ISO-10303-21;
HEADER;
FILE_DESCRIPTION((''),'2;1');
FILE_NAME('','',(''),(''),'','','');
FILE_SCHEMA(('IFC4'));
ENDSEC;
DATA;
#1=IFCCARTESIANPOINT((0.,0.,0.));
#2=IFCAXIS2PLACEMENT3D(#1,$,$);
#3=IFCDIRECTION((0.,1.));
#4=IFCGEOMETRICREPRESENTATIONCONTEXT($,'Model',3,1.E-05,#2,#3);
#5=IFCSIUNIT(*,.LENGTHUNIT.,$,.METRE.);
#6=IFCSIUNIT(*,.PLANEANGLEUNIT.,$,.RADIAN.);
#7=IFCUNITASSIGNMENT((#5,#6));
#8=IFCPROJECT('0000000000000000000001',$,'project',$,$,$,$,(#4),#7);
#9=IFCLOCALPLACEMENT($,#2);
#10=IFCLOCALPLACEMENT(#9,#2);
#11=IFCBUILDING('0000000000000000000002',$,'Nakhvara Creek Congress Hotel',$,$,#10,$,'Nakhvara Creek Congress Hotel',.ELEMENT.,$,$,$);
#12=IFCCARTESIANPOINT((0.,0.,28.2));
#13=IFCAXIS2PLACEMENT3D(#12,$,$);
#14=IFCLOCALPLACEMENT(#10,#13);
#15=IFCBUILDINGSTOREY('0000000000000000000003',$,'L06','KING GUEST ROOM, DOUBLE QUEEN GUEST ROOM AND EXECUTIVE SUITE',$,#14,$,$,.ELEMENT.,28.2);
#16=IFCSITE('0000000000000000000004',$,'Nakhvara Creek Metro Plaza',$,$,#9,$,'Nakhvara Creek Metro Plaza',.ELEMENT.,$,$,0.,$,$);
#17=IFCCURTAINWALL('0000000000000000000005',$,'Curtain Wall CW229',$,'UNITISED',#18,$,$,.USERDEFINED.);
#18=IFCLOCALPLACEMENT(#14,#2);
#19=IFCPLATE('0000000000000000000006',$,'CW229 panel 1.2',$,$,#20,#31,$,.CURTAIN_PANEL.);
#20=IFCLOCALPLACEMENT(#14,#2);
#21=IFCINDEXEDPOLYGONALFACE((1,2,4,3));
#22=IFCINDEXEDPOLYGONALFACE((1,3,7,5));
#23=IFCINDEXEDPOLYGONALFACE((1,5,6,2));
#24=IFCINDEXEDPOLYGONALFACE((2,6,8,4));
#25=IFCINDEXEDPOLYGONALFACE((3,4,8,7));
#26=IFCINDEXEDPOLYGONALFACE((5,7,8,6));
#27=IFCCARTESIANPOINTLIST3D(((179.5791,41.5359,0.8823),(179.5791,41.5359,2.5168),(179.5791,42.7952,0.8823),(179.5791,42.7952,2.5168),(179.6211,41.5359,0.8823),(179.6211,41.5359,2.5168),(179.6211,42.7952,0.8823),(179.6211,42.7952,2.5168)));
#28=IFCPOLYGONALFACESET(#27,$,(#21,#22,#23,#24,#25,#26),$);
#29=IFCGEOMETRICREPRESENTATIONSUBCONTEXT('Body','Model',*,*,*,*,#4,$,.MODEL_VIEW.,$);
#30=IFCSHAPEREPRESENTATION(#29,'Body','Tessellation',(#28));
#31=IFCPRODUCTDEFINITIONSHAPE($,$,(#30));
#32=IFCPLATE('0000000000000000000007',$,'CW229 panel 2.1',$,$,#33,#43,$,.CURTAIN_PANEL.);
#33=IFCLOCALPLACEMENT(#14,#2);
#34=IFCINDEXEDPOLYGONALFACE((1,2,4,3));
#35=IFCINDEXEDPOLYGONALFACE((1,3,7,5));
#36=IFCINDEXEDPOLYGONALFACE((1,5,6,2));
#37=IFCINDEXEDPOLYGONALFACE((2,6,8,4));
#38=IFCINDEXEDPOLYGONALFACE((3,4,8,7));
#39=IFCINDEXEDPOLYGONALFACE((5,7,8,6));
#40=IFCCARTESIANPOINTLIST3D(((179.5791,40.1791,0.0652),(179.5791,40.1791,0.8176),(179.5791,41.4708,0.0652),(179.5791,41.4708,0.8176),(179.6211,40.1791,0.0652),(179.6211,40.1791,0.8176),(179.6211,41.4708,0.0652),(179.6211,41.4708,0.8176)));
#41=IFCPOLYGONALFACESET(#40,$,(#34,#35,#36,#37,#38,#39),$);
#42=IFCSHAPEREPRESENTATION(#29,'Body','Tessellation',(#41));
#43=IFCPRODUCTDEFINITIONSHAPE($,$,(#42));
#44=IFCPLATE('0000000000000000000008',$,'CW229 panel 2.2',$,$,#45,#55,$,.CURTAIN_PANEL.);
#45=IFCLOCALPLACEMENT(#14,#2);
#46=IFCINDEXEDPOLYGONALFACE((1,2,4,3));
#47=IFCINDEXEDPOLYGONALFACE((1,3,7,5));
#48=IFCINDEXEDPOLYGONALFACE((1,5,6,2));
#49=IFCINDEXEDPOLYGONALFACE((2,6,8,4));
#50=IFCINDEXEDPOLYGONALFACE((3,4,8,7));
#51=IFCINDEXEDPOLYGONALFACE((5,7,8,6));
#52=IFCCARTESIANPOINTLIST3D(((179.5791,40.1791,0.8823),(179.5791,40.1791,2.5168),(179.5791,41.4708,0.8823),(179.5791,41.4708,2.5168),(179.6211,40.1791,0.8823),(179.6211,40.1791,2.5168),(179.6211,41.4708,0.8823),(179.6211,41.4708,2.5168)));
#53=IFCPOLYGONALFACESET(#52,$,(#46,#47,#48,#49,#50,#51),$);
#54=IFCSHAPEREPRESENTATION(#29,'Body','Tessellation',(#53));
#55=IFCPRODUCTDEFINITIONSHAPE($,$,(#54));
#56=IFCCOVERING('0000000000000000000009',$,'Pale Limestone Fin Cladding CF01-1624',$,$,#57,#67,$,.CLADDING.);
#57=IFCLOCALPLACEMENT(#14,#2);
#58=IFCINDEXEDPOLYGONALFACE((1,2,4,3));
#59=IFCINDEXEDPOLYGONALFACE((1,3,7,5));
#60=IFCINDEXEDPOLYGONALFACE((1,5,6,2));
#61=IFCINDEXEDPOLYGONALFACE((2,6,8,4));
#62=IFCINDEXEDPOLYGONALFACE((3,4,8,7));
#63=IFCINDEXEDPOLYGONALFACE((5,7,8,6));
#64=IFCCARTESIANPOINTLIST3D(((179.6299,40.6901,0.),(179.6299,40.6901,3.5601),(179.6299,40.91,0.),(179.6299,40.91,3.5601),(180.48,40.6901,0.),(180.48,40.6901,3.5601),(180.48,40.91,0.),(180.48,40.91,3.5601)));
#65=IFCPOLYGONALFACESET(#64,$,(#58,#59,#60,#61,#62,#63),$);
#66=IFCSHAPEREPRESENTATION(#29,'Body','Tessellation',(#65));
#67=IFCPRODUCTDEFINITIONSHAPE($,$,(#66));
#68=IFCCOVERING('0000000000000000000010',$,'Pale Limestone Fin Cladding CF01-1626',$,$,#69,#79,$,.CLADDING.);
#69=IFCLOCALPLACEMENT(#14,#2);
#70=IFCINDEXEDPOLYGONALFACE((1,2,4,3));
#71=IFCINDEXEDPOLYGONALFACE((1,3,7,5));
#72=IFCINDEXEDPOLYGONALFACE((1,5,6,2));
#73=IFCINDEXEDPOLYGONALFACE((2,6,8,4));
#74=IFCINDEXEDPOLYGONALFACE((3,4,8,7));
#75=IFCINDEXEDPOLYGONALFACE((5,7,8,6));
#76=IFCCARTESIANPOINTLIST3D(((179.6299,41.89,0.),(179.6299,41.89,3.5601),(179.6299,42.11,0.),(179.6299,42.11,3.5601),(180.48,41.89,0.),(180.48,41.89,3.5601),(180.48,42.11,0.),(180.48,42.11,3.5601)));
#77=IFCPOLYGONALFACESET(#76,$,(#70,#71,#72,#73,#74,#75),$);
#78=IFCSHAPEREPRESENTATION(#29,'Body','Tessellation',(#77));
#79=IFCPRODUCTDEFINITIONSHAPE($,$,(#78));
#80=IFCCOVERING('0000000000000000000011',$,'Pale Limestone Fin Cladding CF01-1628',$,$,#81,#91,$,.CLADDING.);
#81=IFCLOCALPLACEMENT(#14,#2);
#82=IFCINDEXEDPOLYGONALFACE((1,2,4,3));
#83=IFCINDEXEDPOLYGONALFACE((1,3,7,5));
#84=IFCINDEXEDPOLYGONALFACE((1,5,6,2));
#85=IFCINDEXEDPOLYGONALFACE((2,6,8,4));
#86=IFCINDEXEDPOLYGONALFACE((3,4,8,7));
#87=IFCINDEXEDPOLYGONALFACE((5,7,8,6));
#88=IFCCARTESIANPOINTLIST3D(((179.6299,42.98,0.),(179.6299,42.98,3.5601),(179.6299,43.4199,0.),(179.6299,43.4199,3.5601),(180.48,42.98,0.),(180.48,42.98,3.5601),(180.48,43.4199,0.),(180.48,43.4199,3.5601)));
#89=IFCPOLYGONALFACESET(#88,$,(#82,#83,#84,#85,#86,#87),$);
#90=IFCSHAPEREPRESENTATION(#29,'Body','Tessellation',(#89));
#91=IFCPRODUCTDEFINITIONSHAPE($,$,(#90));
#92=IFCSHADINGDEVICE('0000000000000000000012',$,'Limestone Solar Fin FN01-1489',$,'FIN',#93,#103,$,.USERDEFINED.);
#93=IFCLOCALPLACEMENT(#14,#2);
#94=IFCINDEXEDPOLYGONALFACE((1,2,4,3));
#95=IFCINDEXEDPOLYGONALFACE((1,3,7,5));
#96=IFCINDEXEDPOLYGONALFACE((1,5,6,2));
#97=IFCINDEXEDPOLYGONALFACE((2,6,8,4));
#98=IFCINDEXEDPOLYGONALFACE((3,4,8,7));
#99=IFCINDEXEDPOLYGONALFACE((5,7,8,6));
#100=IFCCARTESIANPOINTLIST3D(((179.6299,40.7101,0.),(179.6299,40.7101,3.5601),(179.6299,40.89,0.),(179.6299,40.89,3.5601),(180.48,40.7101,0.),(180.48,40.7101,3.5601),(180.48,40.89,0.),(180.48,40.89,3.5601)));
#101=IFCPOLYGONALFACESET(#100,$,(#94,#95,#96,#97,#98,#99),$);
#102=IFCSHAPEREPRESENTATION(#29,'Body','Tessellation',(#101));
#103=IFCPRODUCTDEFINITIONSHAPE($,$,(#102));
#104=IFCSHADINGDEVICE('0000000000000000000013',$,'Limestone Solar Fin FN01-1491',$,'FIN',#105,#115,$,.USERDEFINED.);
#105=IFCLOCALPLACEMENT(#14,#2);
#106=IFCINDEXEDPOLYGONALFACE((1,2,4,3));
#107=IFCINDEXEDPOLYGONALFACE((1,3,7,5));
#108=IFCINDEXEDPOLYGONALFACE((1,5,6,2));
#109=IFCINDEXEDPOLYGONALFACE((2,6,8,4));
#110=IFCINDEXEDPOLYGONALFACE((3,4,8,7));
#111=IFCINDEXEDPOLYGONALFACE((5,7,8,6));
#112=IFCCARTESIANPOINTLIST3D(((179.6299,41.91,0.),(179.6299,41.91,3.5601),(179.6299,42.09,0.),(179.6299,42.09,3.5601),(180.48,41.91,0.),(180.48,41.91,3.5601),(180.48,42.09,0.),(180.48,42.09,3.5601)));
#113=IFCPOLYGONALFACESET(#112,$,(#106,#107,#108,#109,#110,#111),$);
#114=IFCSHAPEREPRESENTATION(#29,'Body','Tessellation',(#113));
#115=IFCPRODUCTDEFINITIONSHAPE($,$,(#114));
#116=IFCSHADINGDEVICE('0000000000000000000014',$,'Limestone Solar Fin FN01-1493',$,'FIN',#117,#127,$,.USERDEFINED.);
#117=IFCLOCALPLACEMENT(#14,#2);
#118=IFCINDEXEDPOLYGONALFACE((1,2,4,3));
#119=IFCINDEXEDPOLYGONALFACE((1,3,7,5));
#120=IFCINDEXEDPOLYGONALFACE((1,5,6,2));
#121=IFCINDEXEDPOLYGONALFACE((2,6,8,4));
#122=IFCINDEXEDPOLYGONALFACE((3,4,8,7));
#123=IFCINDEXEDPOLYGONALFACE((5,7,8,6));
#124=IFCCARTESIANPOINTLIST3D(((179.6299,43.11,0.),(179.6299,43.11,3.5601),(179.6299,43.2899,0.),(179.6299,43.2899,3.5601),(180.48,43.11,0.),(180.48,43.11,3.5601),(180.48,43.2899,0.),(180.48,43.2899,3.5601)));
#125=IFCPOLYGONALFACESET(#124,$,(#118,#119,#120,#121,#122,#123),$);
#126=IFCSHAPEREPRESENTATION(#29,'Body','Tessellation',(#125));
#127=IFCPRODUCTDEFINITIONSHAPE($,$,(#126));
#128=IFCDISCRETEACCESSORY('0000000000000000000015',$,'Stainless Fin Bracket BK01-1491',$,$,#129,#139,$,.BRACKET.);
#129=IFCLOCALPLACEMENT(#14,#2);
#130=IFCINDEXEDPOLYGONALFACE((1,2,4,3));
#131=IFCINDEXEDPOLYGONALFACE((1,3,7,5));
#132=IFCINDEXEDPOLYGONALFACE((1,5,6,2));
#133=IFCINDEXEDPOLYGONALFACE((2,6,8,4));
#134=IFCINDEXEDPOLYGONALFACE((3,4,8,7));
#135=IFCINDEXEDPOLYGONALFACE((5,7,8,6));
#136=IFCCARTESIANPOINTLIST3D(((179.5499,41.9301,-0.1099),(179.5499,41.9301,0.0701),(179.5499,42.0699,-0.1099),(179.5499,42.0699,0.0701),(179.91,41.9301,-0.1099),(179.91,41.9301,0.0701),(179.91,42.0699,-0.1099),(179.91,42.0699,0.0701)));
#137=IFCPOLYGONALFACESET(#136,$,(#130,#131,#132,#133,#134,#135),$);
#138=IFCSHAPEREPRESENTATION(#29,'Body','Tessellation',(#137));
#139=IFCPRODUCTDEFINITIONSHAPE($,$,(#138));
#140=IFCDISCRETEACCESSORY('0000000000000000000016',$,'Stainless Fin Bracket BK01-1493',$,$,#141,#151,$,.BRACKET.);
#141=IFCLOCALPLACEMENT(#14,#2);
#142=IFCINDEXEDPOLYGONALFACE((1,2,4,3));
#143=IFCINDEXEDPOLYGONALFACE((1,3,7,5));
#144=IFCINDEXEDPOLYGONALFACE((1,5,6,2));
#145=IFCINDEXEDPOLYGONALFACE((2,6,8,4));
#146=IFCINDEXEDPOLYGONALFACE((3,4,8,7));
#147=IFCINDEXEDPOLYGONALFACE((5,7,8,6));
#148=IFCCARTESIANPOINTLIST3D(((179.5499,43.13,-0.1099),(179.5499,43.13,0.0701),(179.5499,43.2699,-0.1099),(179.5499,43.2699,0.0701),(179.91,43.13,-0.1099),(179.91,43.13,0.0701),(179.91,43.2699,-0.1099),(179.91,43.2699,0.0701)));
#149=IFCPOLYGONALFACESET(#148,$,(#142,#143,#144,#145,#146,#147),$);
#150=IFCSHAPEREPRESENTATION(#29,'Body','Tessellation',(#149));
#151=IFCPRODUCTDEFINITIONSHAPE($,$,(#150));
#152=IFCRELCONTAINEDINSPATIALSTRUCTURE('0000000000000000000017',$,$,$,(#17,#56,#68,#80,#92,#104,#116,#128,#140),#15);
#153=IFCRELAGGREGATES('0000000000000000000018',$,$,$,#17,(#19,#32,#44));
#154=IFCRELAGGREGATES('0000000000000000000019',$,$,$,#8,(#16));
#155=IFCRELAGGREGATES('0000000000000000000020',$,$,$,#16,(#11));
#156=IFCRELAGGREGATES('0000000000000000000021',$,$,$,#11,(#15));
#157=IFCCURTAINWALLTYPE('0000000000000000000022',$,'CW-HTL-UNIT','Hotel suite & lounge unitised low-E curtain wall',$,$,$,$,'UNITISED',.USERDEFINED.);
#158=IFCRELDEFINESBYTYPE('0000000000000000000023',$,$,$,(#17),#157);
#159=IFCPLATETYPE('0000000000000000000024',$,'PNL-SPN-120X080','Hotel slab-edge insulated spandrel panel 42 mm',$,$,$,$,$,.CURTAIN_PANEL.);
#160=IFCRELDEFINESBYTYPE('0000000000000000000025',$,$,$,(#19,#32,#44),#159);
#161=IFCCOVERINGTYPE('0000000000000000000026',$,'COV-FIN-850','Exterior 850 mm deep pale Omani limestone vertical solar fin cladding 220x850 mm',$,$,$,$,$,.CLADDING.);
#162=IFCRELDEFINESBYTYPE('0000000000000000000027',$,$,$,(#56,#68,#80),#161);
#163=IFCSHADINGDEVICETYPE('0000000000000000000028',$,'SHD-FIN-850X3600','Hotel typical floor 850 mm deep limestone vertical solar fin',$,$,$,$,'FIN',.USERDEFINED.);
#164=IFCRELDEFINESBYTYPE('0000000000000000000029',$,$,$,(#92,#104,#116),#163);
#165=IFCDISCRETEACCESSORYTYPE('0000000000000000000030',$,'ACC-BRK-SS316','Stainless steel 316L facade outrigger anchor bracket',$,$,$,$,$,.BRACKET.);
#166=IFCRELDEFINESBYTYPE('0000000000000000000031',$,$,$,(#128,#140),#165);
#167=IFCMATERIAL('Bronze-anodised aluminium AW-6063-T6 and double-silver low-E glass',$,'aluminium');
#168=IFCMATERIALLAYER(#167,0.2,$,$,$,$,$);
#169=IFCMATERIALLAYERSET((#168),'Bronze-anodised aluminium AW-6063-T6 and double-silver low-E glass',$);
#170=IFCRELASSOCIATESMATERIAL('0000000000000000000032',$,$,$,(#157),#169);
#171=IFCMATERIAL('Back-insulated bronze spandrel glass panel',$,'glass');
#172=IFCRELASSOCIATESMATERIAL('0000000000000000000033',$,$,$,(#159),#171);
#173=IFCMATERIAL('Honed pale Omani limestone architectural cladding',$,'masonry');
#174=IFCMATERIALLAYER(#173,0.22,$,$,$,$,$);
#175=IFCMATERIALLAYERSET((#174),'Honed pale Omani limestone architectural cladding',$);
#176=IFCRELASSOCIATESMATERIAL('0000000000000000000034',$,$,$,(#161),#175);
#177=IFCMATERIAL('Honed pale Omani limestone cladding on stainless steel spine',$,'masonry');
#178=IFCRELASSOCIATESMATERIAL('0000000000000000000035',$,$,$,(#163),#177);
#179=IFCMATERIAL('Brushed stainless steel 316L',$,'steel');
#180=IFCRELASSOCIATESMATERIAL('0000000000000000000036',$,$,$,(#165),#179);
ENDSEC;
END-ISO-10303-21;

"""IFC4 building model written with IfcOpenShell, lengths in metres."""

from ifc_helpers import new_model, si_unit, direction, frame, origin, origin_2d, place, context, subcontext, project, spatial, rectangle, extrude, material, layer, layer_set, type_object, element, aggregate, save


model = new_model("IFC4")

# Units and contexts
model_context = context("Model", 3, precision=1e-05, world=origin(), true_north=direction((0.0, 1.0)))
body_context = subcontext(model_context, "Body", "Model", "MODEL_VIEW")
ifc_project = project(units=[si_unit("LENGTHUNIT", "METRE"), si_unit("PLANEANGLEUNIT", "RADIAN")], contexts=[model_context])

# Site, building, storey
site_placement = place(None, origin())
site = spatial("IfcSite", under=ifc_project, at=site_placement, Name="Nakhvara Creek Metro Plaza", LongName="Nakhvara Creek Metro Plaza", CompositionType="ELEMENT", RefElevation=0.0)
building_placement = place(site_placement, origin())
building = spatial("IfcBuilding", under=site, at=building_placement, Name="Nakhvara Creek Congress Hotel", LongName="Nakhvara Creek Congress Hotel", CompositionType="ELEMENT")
storey_placement = place(building_placement, frame((0.0, 0.0, 28.2)))
storey = spatial("IfcBuildingStorey", under=building, at=storey_placement, Name="L06", Description="KING GUEST ROOM, DOUBLE QUEEN GUEST ROOM AND EXECUTIVE SUITE", CompositionType="ELEMENT", Elevation=28.2)

# Curtain wall, plates
ifc_material_1 = material(Name="Bronze-anodised aluminium AW-6063-T6 and double-silver low-E glass", Category="aluminium")
ifc_layer_1 = layer(ifc_material_1, 0.2)
ifc_layer_set_1 = layer_set([ifc_layer_1], Name="Bronze-anodised aluminium AW-6063-T6 and double-silver low-E glass")
curtain_wall_type = type_object("IfcCurtainWallType", Name="CW-HTL-UNIT", Description="Hotel suite & lounge unitised low-E curtain wall", ElementType="UNITISED", PredefinedType="USERDEFINED", material=ifc_layer_set_1)
curtain_wall_placement = place(storey_placement, origin())
curtain_wall = element("IfcCurtainWall", 1, at=curtain_wall_placement, inside=storey, type_object=curtain_wall_type, Name="Curtain Wall CW229", ObjectType="UNITISED", PredefinedType="USERDEFINED")
ifc_material_2 = material(Name="Back-insulated bronze spandrel glass panel", Category="glass")
plate_type = type_object("IfcPlateType", Name="PNL-SPN-120X080", Description="Hotel slab-edge insulated spandrel panel 42 mm", PredefinedType="CURTAIN_PANEL", material=ifc_material_2)
plate_1_placement = place(storey_placement, frame((179.6001, 42.1655, 0.8823), z_axis=(0.0, 0.0, 1.0), x_axis=(0.0, -1.0, 0.0)))
plate_1 = element("IfcPlate", 2, at=plate_1_placement, type_object=plate_type, Name="CW229 panel 1.2", PredefinedType="CURTAIN_PANEL", context=body_context, shape_type="SweptSolid", body=[
    extrude(rectangle(XDim=1.2593, YDim=0.042, at=origin_2d()), origin(), (0.0, 0.0, 1.0), 1.6345),
])
plate_2_placement = place(storey_placement, frame((179.6001, 40.825, 0.0652), z_axis=(0.0, 0.0, 1.0), x_axis=(0.0, -1.0, 0.0)))
plate_2 = element("IfcPlate", 3, at=plate_2_placement, type_object=plate_type, Name="CW229 panel 2.1", PredefinedType="CURTAIN_PANEL", context=body_context, shape_type="SweptSolid", body=[
    extrude(rectangle(XDim=1.2917, YDim=0.042, at=origin_2d()), origin(), (0.0, 0.0, 1.0), 0.7524),
])
plate_3_placement = place(storey_placement, frame((179.6001, 40.825, 0.8823), z_axis=(0.0, 0.0, 1.0), x_axis=(0.0, -1.0, 0.0)))
plate_3 = element("IfcPlate", 4, at=plate_3_placement, type_object=plate_type, Name="CW229 panel 2.2", PredefinedType="CURTAIN_PANEL", context=body_context, shape_type="SweptSolid", body=[
    extrude(rectangle(XDim=1.2917, YDim=0.042, at=origin_2d()), origin(), (0.0, 0.0, 1.0), 1.6345),
])
aggregate(curtain_wall, [plate_1, plate_2, plate_3])

# Coverings
ifc_material_3 = material(Name="Honed pale Omani limestone architectural cladding", Category="masonry")
ifc_layer_2 = layer(ifc_material_3, 0.22)
ifc_layer_set_2 = layer_set([ifc_layer_2], Name="Honed pale Omani limestone architectural cladding")
covering_type = type_object("IfcCoveringType", Name="COV-FIN-850", Description="Exterior 850 mm deep pale Omani limestone vertical solar fin cladding 220x850 mm", PredefinedType="CLADDING", material=ifc_layer_set_2)
for number, where, z_axis, x_axis, name in (
    (5, (180.0549, 40.8, 0.0), (0.0, 0.0, 1.0), (0.0, 1.0, 0.0), "Pale Limestone Fin Cladding CF01-1624"),
    (6, (180.0549, 42.0, 0.0), (0.0, 0.0, 1.0), (0.0, 1.0, 0.0), "Pale Limestone Fin Cladding CF01-1626"),
):
    element("IfcCovering", number, at=place(storey_placement, frame(where, z_axis=z_axis, x_axis=x_axis)), inside=storey, type_object=covering_type, Name=name, PredefinedType="CLADDING", context=body_context, shape_type="SweptSolid", body=[
        extrude(rectangle(XDim=0.22, YDim=0.8501, at=origin_2d()), origin(), (0.0, 0.0, 1.0), 3.5601),
    ])
covering_placement = place(storey_placement, frame((180.0549, 43.2, 0.0), z_axis=(0.0, 0.0, 1.0), x_axis=(0.0, 1.0, 0.0)))
element("IfcCovering", 7, at=covering_placement, inside=storey, type_object=covering_type, Name="Pale Limestone Fin Cladding CF01-1628", PredefinedType="CLADDING", context=body_context, shape_type="SweptSolid", body=[
    extrude(rectangle(XDim=0.4399, YDim=0.8501, at=origin_2d()), origin(), (0.0, 0.0, 1.0), 3.5601),
])

# Shading devices
ifc_material_4 = material(Name="Honed pale Omani limestone cladding on stainless steel spine", Category="masonry")
shading_device_type = type_object("IfcShadingDeviceType", Name="SHD-FIN-850X3600", Description="Hotel typical floor 850 mm deep limestone vertical solar fin", ElementType="FIN", PredefinedType="USERDEFINED", material=ifc_material_4)
for number, where, z_axis, x_axis, name in (
    (8, (180.0549, 40.8, 0.0), (0.0, 0.0, 1.0), (0.0, 1.0, 0.0), "Limestone Solar Fin FN01-1489"),
    (9, (180.0549, 42.0, 0.0), (0.0, 0.0, 1.0), (0.0, 1.0, 0.0), "Limestone Solar Fin FN01-1491"),
    (10, (180.0549, 43.2, 0.0), (0.0, 0.0, 1.0), (0.0, 1.0, 0.0), "Limestone Solar Fin FN01-1493"),
):
    element("IfcShadingDevice", number, at=place(storey_placement, frame(where, z_axis=z_axis, x_axis=x_axis)), inside=storey, type_object=shading_device_type, Name=name, ObjectType="FIN", PredefinedType="USERDEFINED", context=body_context, shape_type="SweptSolid", body=[
        extrude(rectangle(XDim=0.1799, YDim=0.8501, at=origin_2d()), origin(), (0.0, 0.0, 1.0), 3.5601),
    ])

# Discrete accessories
ifc_material_5 = material(Name="Brushed stainless steel 316L", Category="steel")
discrete_accessory_type = type_object("IfcDiscreteAccessoryType", Name="ACC-BRK-SS316", Description="Stainless steel 316L facade outrigger anchor bracket", PredefinedType="BRACKET", material=ifc_material_5)
for number, where, z_axis, x_axis, name in (
    (11, (179.73, 42.0, -0.1099), (0.0, 0.0, 1.0), (0.0, 1.0, 0.0), "Stainless Fin Bracket BK01-1491"),
    (12, (179.73, 43.2, -0.1099), (0.0, 0.0, 1.0), (0.0, 1.0, 0.0), "Stainless Fin Bracket BK01-1493"),
):
    element("IfcDiscreteAccessory", number, at=place(storey_placement, frame(where, z_axis=z_axis, x_axis=x_axis)), inside=storey, type_object=discrete_accessory_type, Name=name, PredefinedType="BRACKET", context=body_context, shape_type="SweptSolid", body=[
        extrude(rectangle(XDim=0.1399, YDim=0.3601, at=origin_2d()), origin(), (0.0, 0.0, 1.0), 0.1799),
    ])

save(model, "model.ifc")
